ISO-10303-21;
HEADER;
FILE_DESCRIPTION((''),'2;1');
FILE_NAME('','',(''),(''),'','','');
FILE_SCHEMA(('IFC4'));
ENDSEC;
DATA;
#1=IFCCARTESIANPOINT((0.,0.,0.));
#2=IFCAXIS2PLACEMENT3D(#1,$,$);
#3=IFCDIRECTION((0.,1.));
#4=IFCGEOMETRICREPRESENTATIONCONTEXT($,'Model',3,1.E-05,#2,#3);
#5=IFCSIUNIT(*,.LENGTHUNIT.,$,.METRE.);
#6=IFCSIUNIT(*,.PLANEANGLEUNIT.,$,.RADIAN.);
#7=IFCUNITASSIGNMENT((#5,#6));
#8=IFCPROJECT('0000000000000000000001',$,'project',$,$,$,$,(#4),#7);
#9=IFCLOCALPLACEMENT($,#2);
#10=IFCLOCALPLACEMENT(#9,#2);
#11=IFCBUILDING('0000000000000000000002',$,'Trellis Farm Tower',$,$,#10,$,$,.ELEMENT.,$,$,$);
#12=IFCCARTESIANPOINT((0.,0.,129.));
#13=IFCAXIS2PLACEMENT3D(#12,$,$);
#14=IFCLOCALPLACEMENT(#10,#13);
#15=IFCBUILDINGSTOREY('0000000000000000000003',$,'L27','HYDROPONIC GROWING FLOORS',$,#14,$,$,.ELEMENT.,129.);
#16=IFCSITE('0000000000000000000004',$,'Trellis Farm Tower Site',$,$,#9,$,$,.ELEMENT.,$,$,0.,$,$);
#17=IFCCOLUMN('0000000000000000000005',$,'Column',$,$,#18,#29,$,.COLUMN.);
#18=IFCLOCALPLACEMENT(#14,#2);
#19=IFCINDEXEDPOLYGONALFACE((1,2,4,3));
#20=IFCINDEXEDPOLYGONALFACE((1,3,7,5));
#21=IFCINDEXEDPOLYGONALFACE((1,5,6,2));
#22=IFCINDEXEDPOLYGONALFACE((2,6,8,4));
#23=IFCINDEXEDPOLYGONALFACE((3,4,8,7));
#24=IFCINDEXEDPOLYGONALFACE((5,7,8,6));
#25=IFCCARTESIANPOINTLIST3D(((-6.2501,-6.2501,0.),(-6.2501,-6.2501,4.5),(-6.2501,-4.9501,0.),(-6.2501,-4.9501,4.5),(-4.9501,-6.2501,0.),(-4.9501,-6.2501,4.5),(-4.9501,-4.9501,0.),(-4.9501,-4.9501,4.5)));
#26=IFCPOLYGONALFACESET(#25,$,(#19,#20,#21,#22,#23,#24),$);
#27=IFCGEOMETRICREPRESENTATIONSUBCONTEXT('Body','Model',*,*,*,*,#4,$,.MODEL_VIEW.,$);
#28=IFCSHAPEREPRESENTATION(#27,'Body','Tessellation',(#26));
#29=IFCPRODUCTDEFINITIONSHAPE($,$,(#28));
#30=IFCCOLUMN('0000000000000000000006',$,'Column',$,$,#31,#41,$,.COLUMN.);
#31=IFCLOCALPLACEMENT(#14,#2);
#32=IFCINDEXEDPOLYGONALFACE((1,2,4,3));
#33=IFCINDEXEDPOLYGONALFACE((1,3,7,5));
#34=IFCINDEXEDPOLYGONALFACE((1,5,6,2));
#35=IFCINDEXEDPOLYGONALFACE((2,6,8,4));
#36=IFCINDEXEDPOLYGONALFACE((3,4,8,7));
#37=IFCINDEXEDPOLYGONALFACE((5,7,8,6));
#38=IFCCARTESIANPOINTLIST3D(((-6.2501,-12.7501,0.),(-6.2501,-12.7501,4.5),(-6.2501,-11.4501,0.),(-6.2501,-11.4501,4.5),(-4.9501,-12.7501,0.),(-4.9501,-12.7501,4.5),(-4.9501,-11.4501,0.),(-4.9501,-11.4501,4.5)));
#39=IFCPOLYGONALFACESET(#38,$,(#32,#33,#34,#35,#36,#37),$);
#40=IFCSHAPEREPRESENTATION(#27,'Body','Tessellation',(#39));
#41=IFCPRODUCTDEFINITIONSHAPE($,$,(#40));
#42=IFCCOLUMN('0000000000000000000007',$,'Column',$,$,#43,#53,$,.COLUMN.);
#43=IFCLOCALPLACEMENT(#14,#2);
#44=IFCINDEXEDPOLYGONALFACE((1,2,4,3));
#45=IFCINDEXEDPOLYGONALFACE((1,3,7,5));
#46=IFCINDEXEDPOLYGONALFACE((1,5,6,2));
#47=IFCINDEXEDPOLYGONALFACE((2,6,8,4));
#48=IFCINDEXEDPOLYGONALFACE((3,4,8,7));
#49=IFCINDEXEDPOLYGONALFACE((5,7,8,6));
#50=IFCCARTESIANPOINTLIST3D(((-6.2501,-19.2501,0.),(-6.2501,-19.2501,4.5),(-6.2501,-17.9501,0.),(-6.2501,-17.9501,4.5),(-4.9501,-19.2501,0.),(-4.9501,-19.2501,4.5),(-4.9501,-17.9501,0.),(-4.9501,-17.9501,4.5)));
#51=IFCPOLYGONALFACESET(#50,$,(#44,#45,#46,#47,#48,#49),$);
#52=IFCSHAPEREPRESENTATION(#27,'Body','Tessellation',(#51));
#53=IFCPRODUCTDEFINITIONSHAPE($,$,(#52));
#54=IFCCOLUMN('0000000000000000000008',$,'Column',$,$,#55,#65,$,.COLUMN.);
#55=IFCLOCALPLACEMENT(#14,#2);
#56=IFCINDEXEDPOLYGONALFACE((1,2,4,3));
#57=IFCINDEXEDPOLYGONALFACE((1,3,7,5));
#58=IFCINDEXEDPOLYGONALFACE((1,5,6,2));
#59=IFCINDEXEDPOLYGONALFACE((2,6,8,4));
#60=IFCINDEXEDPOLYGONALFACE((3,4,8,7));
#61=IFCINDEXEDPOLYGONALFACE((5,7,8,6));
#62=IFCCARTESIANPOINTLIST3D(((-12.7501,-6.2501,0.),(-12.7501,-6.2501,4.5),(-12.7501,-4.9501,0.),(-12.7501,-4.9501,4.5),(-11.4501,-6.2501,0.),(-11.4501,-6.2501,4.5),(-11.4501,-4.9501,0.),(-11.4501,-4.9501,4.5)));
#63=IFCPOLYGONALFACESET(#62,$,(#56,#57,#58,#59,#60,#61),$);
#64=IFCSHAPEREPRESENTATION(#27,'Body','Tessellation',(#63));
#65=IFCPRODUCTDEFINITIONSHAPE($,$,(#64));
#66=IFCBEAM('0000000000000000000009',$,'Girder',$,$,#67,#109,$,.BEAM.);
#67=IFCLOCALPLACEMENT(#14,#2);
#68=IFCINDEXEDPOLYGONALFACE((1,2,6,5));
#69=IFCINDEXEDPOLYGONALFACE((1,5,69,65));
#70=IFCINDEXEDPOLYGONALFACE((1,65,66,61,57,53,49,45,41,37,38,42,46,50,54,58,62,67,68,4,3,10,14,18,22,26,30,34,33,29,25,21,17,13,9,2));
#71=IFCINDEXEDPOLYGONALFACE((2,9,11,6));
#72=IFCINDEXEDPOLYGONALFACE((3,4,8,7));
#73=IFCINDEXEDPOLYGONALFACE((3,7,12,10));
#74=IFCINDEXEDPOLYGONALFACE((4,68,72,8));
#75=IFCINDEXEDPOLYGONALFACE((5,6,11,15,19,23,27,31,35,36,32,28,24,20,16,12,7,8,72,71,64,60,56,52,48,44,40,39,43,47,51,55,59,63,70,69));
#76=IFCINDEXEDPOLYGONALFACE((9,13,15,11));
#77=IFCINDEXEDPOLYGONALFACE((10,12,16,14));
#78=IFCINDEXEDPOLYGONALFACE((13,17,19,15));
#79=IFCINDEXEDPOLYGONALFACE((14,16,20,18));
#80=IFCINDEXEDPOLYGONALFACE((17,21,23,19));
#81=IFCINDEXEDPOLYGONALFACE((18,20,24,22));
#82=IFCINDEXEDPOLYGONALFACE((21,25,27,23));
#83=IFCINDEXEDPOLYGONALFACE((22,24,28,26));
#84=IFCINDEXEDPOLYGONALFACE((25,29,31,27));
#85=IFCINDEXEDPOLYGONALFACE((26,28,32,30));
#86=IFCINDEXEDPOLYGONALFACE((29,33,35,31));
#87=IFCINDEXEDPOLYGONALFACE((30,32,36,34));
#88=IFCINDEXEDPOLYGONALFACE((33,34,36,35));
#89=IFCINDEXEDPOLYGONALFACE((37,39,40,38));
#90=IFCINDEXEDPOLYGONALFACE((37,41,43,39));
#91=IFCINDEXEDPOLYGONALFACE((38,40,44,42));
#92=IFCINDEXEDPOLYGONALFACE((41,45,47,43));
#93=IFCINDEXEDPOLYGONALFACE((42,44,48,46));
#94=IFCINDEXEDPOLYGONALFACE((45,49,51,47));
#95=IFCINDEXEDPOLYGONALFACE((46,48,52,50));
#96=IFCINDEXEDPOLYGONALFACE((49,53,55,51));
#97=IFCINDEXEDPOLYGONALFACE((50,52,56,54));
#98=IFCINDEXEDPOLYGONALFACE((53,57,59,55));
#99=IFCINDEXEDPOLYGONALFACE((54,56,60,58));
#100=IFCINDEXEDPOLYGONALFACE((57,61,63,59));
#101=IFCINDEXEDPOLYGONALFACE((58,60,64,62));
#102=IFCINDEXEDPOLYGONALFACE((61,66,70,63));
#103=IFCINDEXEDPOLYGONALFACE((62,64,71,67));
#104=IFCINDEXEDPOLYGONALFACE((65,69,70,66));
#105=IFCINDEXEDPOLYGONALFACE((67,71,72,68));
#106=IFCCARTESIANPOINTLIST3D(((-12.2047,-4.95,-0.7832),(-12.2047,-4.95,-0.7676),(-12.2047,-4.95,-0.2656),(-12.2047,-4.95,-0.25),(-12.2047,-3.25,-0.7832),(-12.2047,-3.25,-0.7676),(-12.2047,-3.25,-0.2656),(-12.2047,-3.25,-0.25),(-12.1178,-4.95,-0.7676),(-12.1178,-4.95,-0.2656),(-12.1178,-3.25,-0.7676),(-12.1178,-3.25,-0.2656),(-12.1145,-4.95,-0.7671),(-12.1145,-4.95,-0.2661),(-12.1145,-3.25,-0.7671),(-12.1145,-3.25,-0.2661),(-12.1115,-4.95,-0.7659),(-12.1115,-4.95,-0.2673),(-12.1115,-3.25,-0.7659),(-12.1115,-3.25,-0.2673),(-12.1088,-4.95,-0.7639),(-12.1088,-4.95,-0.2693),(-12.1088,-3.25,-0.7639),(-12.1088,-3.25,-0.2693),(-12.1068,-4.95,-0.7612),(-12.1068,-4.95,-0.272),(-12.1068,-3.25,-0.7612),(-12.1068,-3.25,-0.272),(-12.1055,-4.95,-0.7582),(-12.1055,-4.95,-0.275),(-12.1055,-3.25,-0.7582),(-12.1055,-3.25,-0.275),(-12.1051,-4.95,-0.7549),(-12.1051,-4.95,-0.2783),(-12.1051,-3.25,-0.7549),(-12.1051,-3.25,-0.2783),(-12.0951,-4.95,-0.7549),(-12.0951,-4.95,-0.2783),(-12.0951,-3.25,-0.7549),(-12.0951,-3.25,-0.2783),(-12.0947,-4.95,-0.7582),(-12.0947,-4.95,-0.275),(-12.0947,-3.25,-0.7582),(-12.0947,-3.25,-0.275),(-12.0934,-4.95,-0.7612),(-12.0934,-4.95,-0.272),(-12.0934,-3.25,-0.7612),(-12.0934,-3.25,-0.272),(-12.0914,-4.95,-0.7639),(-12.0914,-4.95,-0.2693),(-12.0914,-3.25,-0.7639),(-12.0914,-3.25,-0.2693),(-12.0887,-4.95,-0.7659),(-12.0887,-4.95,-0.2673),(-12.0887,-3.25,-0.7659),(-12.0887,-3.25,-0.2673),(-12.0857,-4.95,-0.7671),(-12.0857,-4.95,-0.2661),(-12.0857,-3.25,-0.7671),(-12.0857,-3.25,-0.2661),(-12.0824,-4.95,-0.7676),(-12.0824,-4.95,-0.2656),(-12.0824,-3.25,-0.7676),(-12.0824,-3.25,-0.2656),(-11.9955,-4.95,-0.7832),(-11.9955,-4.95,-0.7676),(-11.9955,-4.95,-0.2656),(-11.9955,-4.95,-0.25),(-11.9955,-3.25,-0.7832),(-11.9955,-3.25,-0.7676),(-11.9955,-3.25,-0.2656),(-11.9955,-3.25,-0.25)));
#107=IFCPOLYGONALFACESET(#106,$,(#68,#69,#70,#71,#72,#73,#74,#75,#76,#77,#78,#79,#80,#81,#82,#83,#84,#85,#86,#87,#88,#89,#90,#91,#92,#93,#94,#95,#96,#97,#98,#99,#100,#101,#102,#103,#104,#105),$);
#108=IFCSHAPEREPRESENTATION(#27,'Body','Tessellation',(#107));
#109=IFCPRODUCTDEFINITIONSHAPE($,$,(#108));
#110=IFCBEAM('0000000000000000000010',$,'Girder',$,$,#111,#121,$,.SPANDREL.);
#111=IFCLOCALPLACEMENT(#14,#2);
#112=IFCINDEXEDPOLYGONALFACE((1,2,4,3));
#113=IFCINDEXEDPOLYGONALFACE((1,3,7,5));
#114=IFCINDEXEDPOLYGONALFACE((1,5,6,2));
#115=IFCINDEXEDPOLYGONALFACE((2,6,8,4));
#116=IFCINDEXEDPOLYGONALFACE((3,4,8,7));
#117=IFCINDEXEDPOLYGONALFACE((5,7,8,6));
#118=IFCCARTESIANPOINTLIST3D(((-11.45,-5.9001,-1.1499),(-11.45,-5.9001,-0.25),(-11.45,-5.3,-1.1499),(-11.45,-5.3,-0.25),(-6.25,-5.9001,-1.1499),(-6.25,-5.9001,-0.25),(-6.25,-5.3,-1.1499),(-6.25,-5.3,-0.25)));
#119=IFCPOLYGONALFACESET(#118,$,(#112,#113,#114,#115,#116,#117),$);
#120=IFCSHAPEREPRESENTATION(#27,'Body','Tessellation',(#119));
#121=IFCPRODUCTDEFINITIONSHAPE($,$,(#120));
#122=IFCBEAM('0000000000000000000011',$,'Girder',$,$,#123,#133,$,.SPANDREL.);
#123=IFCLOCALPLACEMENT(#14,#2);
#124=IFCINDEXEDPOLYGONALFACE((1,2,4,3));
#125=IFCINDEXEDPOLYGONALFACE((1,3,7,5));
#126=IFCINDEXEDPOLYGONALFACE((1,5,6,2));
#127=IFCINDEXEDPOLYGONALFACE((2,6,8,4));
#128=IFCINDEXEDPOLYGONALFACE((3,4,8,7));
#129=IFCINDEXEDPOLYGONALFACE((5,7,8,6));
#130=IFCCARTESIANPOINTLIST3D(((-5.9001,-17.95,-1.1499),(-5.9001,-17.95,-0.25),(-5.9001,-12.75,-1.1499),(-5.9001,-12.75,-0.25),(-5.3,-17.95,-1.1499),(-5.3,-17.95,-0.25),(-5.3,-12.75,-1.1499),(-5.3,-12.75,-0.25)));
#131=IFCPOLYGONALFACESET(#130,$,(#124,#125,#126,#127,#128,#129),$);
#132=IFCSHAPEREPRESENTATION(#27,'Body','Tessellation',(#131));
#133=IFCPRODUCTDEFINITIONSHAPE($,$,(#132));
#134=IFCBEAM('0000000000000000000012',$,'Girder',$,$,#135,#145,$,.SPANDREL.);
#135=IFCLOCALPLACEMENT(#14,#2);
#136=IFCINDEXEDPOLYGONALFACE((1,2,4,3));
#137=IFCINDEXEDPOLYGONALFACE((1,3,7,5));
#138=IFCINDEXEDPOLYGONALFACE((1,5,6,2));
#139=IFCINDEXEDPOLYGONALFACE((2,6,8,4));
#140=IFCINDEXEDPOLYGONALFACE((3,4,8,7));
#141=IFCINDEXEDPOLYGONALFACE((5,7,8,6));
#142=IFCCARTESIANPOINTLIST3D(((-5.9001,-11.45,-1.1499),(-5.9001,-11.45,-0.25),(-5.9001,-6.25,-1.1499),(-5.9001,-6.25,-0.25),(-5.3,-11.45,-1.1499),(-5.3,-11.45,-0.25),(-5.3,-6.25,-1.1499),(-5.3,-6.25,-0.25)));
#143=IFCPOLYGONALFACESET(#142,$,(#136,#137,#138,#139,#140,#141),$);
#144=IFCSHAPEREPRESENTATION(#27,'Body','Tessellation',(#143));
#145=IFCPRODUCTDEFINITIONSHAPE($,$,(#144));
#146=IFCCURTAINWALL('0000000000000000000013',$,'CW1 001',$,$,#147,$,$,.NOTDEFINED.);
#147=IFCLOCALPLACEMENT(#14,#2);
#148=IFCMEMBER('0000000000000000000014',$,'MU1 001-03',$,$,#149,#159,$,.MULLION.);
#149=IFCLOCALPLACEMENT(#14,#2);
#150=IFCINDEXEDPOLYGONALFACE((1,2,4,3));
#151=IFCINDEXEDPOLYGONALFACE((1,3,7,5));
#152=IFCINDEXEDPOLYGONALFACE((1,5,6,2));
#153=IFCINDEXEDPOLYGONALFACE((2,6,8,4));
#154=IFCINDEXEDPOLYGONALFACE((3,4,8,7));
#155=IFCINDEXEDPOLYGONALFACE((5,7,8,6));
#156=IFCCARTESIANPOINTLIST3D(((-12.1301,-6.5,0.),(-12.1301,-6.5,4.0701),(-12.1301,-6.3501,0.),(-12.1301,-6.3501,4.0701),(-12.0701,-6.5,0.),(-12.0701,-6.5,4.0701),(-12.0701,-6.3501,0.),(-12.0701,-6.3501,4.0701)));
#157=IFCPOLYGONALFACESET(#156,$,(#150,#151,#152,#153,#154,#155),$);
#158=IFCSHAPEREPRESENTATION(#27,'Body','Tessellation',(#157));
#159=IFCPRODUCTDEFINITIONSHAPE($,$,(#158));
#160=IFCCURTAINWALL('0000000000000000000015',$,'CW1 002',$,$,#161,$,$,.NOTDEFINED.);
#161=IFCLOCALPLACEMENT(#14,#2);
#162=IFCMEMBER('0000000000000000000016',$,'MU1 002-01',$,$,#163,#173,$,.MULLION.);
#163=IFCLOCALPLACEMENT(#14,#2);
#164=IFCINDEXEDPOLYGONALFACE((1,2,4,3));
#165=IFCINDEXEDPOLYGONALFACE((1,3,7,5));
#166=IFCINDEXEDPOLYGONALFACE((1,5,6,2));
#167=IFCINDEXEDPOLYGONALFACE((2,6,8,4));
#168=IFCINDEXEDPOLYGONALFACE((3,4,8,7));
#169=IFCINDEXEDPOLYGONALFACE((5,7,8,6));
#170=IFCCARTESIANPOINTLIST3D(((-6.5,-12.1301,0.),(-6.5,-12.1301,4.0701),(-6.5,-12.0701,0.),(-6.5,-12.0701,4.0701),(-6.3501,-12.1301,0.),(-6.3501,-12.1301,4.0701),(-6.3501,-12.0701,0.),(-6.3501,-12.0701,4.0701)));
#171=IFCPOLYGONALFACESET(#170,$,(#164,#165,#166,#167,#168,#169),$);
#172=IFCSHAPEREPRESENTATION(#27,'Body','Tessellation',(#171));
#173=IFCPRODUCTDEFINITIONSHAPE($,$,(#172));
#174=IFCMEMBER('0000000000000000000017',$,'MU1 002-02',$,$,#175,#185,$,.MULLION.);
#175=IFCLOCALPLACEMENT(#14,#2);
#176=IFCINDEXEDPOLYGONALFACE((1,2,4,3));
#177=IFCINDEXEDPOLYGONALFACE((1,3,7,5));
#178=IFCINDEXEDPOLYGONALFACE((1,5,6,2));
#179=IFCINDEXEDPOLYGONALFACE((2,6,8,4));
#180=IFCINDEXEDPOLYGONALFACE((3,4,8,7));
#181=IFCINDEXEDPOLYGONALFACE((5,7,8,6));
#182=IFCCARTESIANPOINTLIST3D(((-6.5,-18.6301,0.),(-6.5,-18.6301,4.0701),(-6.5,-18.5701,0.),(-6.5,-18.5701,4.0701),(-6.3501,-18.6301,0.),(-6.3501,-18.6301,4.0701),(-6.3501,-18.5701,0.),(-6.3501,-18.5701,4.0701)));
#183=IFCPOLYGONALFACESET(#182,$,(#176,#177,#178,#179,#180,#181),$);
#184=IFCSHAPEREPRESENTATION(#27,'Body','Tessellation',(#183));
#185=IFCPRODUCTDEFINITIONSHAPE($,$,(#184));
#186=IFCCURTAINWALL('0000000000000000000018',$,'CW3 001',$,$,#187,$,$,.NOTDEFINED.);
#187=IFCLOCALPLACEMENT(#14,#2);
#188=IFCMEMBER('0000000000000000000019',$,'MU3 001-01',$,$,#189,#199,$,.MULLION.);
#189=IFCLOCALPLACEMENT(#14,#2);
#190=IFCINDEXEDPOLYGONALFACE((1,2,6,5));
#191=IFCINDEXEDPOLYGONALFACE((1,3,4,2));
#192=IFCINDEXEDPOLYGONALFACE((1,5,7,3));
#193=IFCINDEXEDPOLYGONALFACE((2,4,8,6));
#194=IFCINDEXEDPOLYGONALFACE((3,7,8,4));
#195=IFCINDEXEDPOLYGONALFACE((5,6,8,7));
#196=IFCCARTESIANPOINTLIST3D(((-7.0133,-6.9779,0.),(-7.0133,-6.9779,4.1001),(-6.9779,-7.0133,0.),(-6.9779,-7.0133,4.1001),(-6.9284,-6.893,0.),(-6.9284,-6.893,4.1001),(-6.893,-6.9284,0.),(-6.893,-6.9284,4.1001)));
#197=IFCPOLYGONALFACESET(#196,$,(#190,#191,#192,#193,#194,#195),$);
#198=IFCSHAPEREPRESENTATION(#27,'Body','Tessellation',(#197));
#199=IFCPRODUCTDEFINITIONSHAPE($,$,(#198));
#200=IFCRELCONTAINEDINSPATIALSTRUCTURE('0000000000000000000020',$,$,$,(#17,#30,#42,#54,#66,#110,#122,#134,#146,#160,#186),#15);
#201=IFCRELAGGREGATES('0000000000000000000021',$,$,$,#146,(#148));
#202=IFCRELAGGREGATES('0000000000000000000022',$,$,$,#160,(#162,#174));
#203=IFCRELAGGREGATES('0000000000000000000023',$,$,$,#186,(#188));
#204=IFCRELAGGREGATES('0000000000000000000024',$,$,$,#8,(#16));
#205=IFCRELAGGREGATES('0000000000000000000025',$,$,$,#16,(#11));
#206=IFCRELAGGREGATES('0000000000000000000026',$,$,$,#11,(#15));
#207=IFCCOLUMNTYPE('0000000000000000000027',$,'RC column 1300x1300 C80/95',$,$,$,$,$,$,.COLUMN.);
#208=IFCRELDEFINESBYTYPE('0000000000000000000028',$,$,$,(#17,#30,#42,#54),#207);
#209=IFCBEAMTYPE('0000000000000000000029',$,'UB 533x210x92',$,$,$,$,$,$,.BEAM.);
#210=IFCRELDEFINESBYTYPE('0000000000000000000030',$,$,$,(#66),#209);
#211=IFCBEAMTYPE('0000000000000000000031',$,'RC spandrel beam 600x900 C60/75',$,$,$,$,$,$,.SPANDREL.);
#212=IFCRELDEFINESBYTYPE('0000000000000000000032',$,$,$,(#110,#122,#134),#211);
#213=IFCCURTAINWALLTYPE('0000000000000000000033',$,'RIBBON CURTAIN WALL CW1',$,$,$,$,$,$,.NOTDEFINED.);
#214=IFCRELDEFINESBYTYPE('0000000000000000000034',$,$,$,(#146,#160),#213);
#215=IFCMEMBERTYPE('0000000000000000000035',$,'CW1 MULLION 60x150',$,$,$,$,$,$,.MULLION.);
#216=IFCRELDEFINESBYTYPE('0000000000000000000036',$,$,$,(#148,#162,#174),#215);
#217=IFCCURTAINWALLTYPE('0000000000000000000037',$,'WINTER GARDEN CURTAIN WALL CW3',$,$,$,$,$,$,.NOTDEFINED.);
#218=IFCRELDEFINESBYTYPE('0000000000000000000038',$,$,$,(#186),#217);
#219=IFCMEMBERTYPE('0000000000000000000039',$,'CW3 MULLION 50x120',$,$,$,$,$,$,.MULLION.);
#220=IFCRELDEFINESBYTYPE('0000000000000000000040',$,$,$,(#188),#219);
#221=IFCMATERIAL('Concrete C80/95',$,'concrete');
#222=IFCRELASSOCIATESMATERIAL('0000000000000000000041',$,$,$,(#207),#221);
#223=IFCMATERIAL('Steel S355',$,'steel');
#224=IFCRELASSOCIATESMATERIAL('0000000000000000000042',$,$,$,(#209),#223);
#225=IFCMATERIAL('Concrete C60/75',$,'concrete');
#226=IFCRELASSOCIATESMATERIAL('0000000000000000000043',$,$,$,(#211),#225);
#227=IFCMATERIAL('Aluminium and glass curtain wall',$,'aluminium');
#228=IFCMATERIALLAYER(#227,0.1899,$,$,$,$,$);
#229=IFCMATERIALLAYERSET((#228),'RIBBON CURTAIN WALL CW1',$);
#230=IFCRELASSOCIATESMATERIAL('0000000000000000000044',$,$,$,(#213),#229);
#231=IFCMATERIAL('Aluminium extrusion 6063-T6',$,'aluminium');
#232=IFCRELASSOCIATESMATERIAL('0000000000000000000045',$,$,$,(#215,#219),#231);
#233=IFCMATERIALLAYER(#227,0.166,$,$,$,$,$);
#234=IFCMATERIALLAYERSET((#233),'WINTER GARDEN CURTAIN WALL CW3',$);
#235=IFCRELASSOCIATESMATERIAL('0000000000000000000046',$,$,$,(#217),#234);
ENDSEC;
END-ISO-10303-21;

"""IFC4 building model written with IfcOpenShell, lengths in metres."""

from ifc_helpers import new_model, si_unit, direction, frame, origin, origin_2d, place, context, subcontext, project, spatial, rectangle, i_section, extrude, source, transform, mapped, material, layer, layer_set, material_profile, profile_set, type_object, element, aggregate, save


model = new_model("IFC4")

# Units and contexts
model_context = context("Model", 3, precision=1e-05, world=origin(), true_north=direction((0.0, 1.0)))
body_context = subcontext(model_context, "Body", "Model", "MODEL_VIEW")
ifc_project = project(units=[si_unit("LENGTHUNIT", "METRE"), si_unit("PLANEANGLEUNIT", "RADIAN")], contexts=[model_context])

# Site, building, storey
site_placement = place(None, origin())
site = spatial("IfcSite", under=ifc_project, at=site_placement, Name="Trellis Farm Tower Site", CompositionType="ELEMENT", RefElevation=0.0)
building_placement = place(site_placement, origin())
building = spatial("IfcBuilding", under=site, at=building_placement, Name="Trellis Farm Tower", CompositionType="ELEMENT")
storey_placement = place(building_placement, frame((0.0, 0.0, 129.0)))
storey = spatial("IfcBuildingStorey", under=building, at=storey_placement, Name="L27", Description="HYDROPONIC GROWING FLOORS", CompositionType="ELEMENT", Elevation=129.0)

# Columns
ifc_material_1 = material(Name="Concrete C80/95", Category="concrete")
ifc_material_profile_1 = material_profile(ifc_material_1, rectangle(XDim=1.3, YDim=1.3, at=origin_2d()), Name="RC column 1300x1300 C80/95")
ifc_profile_set_1 = profile_set([ifc_material_profile_1], Name="Concrete C80/95")
column_type = type_object("IfcColumnType", Name="RC column 1300x1300 C80/95", PredefinedType="COLUMN", material=ifc_profile_set_1)
shared_shape_1 = source(origin(), body_context, "Body", "SweptSolid", [
    extrude(rectangle(XDim=1.3, YDim=1.3, at=origin_2d()), origin(), (0.0, 0.0, 1.0), 4.5),
])
for number, where, z_axis, x_axis, name in (
    (1, (-5.6001, -5.6001, 0.0), (0.0, 0.0, 1.0), (1.0, 0.0, 0.0), "Column"),
    (2, (-5.6001, -12.1001, 0.0), (0.0, 0.0, 1.0), (1.0, 0.0, 0.0), "Column"),
    (3, (-5.6001, -18.6001, 0.0), (0.0, 0.0, 1.0), (1.0, 0.0, 0.0), "Column"),
    (4, (-12.1001, -5.6001, 0.0), (0.0, 0.0, 1.0), (1.0, 0.0, 0.0), "Column"),
):
    element("IfcColumn", number, at=place(storey_placement, frame(where, z_axis=z_axis, x_axis=x_axis)), inside=storey, type_object=column_type, Name=name, PredefinedType="COLUMN", context=body_context, shape_type="MappedRepresentation", body=[
        mapped(shared_shape_1, transform((0.0, 0.0, 0.0))),
    ])

# Beams
ifc_material_2 = material(Name="Steel S355", Category="steel")
ifc_material_profile_2 = material_profile(ifc_material_2, i_section(OverallWidth=0.2092, OverallDepth=0.5332, WebThickness=0.01, FlangeThickness=0.0156, FilletRadius=0.0127, at=origin_2d()), Name="UB 533x210x92")
ifc_profile_set_2 = profile_set([ifc_material_profile_2], Name="Steel S355")
beam_type_1 = type_object("IfcBeamType", Name="UB 533x210x92", PredefinedType="BEAM", material=ifc_profile_set_2)
shared_shape_2 = source(origin(), body_context, "Body", "SweptSolid", [
    extrude(i_section(OverallWidth=0.2092, OverallDepth=0.5332, WebThickness=0.01, FlangeThickness=0.0156, FilletRadius=0.0127, at=origin_2d()), origin(), (0.0, 0.0, 1.0), 1.7),
])
beam_placement = place(storey_placement, frame((-12.1001, -4.95, -0.5166), z_axis=(0.0, 1.0, 0.0), x_axis=(-1.0, 0.0, 0.0)))
element("IfcBeam", 5, at=beam_placement, inside=storey, type_object=beam_type_1, Name="Girder", PredefinedType="BEAM", context=body_context, shape_type="MappedRepresentation", body=[
    mapped(shared_shape_2, transform((0.0, 0.0, 0.0))),
])
ifc_material_3 = material(Name="Concrete C60/75", Category="concrete")
ifc_material_profile_3 = material_profile(ifc_material_3, rectangle(XDim=0.6001, YDim=0.8999, at=origin_2d()), Name="RC spandrel beam 600x900 C60/75")
ifc_profile_set_3 = profile_set([ifc_material_profile_3], Name="Concrete C60/75")
beam_type_2 = type_object("IfcBeamType", Name="RC spandrel beam 600x900 C60/75", PredefinedType="SPANDREL", material=ifc_profile_set_3)
shared_shape_3 = source(origin(), body_context, "Body", "SweptSolid", [
    extrude(rectangle(XDim=0.6001, YDim=0.8999, at=origin_2d()), origin(), (0.0, 0.0, 1.0), 5.2),
])
for number, where, z_axis, x_axis, name in (
    (6, (-11.45, -5.6001, -0.7), (1.0, 0.0, 0.0), (0.0, 1.0, 0.0), "Girder"),
    (7, (-5.6001, -17.95, -0.7), (0.0, 1.0, 0.0), (-1.0, 0.0, 0.0), "Girder"),
    (8, (-5.6001, -11.45, -0.7), (0.0, 1.0, 0.0), (-1.0, 0.0, 0.0), "Girder"),
):
    element("IfcBeam", number, at=place(storey_placement, frame(where, z_axis=z_axis, x_axis=x_axis)), inside=storey, type_object=beam_type_2, Name=name, PredefinedType="SPANDREL", context=body_context, shape_type="MappedRepresentation", body=[
        mapped(shared_shape_3, transform((0.0, 0.0, 0.0))),
    ])

# Curtain wall, member
ifc_material_4 = material(Name="Aluminium and glass curtain wall", Category="aluminium")
ifc_layer_1 = layer(ifc_material_4, 0.1899)
ifc_layer_set_1 = layer_set([ifc_layer_1], Name="RIBBON CURTAIN WALL CW1")
curtain_wall_type_1 = type_object("IfcCurtainWallType", Name="RIBBON CURTAIN WALL CW1", PredefinedType="NOTDEFINED", material=ifc_layer_set_1)
placement = place(storey_placement, origin())
curtain_wall_1 = element("IfcCurtainWall", 9, at=placement, inside=storey, type_object=curtain_wall_type_1, Name="CW1 001", PredefinedType="NOTDEFINED")
ifc_material_5 = material(Name="Aluminium extrusion 6063-T6", Category="aluminium")
ifc_material_profile_4 = material_profile(ifc_material_5, rectangle(XDim=0.0601, YDim=0.1499, at=origin_2d()), Name="MULLION 60x150")
ifc_profile_set_4 = profile_set([ifc_material_profile_4], Name="Aluminium extrusion 6063-T6")
member_type_1 = type_object("IfcMemberType", Name="CW1 MULLION 60x150", PredefinedType="MULLION", material=ifc_profile_set_4)
shared_shape_4 = source(origin(), body_context, "Body", "SweptSolid", [
    extrude(rectangle(XDim=0.0601, YDim=0.1499, at=origin_2d()), origin(), (0.0, 0.0, 1.0), 4.0701),
])
member_1_placement = place(storey_placement, frame((-12.1001, -6.425, 0.0), z_axis=(0.0, 0.0, 1.0), x_axis=(1.0, 0.0, 0.0)))
member_1 = element("IfcMember", 10, at=member_1_placement, type_object=member_type_1, Name="MU1 001-03", PredefinedType="MULLION", context=body_context, shape_type="MappedRepresentation", body=[
    mapped(shared_shape_4, transform((0.0, 0.0, 0.0))),
])
aggregate(curtain_wall_1, [member_1])

# Curtain wall, members
curtain_wall_2 = element("IfcCurtainWall", 11, at=placement, inside=storey, type_object=curtain_wall_type_1, Name="CW1 002", PredefinedType="NOTDEFINED")
member_2_placement = place(storey_placement, frame((-6.425, -12.1001, 0.0), z_axis=(0.0, 0.0, 1.0), x_axis=(0.0, -1.0, 0.0)))
member_2 = element("IfcMember", 12, at=member_2_placement, type_object=member_type_1, Name="MU1 002-01", PredefinedType="MULLION", context=body_context, shape_type="MappedRepresentation", body=[
    mapped(shared_shape_4, transform((0.0, 0.0, 0.0))),
])
member_3_placement = place(storey_placement, frame((-6.425, -18.6001, 0.0), z_axis=(0.0, 0.0, 1.0), x_axis=(0.0, -1.0, 0.0)))
member_3 = element("IfcMember", 13, at=member_3_placement, type_object=member_type_1, Name="MU1 002-02", PredefinedType="MULLION", context=body_context, shape_type="MappedRepresentation", body=[
    mapped(shared_shape_4, transform((0.0, 0.0, 0.0))),
])
aggregate(curtain_wall_2, [member_2, member_3])

# Curtain wall, member
ifc_layer_2 = layer(ifc_material_4, 0.166)
ifc_layer_set_2 = layer_set([ifc_layer_2], Name="WINTER GARDEN CURTAIN WALL CW3")
curtain_wall_type_2 = type_object("IfcCurtainWallType", Name="WINTER GARDEN CURTAIN WALL CW3", PredefinedType="NOTDEFINED", material=ifc_layer_set_2)
curtain_wall_3 = element("IfcCurtainWall", 14, at=placement, inside=storey, type_object=curtain_wall_type_2, Name="CW3 001", PredefinedType="NOTDEFINED")
ifc_material_profile_5 = material_profile(ifc_material_5, rectangle(XDim=0.05, YDim=0.1201, at=origin_2d()), Name="MULLION 50x120")
ifc_profile_set_5 = profile_set([ifc_material_profile_5], Name="Aluminium extrusion 6063-T6")
member_type_2 = type_object("IfcMemberType", Name="CW3 MULLION 50x120", PredefinedType="MULLION", material=ifc_profile_set_5)
shared_shape_5 = source(origin(), body_context, "Body", "SweptSolid", [
    extrude(rectangle(XDim=0.05, YDim=0.1201, at=origin_2d()), origin(), (0.0, 0.0, 1.0), 4.1001),
])
member_4_placement = place(storey_placement, frame((-6.9531, -6.9531, 0.0), z_axis=(0.0, 0.0, 1.0), x_axis=(0.707107, -0.707107, 0.0)))
member_4 = element("IfcMember", 15, at=member_4_placement, type_object=member_type_2, Name="MU3 001-01", PredefinedType="MULLION", context=body_context, shape_type="MappedRepresentation", body=[
    mapped(shared_shape_5, transform((0.0, 0.0, 0.0))),
])
aggregate(curtain_wall_3, [member_4])

save(model, "model.ifc")
